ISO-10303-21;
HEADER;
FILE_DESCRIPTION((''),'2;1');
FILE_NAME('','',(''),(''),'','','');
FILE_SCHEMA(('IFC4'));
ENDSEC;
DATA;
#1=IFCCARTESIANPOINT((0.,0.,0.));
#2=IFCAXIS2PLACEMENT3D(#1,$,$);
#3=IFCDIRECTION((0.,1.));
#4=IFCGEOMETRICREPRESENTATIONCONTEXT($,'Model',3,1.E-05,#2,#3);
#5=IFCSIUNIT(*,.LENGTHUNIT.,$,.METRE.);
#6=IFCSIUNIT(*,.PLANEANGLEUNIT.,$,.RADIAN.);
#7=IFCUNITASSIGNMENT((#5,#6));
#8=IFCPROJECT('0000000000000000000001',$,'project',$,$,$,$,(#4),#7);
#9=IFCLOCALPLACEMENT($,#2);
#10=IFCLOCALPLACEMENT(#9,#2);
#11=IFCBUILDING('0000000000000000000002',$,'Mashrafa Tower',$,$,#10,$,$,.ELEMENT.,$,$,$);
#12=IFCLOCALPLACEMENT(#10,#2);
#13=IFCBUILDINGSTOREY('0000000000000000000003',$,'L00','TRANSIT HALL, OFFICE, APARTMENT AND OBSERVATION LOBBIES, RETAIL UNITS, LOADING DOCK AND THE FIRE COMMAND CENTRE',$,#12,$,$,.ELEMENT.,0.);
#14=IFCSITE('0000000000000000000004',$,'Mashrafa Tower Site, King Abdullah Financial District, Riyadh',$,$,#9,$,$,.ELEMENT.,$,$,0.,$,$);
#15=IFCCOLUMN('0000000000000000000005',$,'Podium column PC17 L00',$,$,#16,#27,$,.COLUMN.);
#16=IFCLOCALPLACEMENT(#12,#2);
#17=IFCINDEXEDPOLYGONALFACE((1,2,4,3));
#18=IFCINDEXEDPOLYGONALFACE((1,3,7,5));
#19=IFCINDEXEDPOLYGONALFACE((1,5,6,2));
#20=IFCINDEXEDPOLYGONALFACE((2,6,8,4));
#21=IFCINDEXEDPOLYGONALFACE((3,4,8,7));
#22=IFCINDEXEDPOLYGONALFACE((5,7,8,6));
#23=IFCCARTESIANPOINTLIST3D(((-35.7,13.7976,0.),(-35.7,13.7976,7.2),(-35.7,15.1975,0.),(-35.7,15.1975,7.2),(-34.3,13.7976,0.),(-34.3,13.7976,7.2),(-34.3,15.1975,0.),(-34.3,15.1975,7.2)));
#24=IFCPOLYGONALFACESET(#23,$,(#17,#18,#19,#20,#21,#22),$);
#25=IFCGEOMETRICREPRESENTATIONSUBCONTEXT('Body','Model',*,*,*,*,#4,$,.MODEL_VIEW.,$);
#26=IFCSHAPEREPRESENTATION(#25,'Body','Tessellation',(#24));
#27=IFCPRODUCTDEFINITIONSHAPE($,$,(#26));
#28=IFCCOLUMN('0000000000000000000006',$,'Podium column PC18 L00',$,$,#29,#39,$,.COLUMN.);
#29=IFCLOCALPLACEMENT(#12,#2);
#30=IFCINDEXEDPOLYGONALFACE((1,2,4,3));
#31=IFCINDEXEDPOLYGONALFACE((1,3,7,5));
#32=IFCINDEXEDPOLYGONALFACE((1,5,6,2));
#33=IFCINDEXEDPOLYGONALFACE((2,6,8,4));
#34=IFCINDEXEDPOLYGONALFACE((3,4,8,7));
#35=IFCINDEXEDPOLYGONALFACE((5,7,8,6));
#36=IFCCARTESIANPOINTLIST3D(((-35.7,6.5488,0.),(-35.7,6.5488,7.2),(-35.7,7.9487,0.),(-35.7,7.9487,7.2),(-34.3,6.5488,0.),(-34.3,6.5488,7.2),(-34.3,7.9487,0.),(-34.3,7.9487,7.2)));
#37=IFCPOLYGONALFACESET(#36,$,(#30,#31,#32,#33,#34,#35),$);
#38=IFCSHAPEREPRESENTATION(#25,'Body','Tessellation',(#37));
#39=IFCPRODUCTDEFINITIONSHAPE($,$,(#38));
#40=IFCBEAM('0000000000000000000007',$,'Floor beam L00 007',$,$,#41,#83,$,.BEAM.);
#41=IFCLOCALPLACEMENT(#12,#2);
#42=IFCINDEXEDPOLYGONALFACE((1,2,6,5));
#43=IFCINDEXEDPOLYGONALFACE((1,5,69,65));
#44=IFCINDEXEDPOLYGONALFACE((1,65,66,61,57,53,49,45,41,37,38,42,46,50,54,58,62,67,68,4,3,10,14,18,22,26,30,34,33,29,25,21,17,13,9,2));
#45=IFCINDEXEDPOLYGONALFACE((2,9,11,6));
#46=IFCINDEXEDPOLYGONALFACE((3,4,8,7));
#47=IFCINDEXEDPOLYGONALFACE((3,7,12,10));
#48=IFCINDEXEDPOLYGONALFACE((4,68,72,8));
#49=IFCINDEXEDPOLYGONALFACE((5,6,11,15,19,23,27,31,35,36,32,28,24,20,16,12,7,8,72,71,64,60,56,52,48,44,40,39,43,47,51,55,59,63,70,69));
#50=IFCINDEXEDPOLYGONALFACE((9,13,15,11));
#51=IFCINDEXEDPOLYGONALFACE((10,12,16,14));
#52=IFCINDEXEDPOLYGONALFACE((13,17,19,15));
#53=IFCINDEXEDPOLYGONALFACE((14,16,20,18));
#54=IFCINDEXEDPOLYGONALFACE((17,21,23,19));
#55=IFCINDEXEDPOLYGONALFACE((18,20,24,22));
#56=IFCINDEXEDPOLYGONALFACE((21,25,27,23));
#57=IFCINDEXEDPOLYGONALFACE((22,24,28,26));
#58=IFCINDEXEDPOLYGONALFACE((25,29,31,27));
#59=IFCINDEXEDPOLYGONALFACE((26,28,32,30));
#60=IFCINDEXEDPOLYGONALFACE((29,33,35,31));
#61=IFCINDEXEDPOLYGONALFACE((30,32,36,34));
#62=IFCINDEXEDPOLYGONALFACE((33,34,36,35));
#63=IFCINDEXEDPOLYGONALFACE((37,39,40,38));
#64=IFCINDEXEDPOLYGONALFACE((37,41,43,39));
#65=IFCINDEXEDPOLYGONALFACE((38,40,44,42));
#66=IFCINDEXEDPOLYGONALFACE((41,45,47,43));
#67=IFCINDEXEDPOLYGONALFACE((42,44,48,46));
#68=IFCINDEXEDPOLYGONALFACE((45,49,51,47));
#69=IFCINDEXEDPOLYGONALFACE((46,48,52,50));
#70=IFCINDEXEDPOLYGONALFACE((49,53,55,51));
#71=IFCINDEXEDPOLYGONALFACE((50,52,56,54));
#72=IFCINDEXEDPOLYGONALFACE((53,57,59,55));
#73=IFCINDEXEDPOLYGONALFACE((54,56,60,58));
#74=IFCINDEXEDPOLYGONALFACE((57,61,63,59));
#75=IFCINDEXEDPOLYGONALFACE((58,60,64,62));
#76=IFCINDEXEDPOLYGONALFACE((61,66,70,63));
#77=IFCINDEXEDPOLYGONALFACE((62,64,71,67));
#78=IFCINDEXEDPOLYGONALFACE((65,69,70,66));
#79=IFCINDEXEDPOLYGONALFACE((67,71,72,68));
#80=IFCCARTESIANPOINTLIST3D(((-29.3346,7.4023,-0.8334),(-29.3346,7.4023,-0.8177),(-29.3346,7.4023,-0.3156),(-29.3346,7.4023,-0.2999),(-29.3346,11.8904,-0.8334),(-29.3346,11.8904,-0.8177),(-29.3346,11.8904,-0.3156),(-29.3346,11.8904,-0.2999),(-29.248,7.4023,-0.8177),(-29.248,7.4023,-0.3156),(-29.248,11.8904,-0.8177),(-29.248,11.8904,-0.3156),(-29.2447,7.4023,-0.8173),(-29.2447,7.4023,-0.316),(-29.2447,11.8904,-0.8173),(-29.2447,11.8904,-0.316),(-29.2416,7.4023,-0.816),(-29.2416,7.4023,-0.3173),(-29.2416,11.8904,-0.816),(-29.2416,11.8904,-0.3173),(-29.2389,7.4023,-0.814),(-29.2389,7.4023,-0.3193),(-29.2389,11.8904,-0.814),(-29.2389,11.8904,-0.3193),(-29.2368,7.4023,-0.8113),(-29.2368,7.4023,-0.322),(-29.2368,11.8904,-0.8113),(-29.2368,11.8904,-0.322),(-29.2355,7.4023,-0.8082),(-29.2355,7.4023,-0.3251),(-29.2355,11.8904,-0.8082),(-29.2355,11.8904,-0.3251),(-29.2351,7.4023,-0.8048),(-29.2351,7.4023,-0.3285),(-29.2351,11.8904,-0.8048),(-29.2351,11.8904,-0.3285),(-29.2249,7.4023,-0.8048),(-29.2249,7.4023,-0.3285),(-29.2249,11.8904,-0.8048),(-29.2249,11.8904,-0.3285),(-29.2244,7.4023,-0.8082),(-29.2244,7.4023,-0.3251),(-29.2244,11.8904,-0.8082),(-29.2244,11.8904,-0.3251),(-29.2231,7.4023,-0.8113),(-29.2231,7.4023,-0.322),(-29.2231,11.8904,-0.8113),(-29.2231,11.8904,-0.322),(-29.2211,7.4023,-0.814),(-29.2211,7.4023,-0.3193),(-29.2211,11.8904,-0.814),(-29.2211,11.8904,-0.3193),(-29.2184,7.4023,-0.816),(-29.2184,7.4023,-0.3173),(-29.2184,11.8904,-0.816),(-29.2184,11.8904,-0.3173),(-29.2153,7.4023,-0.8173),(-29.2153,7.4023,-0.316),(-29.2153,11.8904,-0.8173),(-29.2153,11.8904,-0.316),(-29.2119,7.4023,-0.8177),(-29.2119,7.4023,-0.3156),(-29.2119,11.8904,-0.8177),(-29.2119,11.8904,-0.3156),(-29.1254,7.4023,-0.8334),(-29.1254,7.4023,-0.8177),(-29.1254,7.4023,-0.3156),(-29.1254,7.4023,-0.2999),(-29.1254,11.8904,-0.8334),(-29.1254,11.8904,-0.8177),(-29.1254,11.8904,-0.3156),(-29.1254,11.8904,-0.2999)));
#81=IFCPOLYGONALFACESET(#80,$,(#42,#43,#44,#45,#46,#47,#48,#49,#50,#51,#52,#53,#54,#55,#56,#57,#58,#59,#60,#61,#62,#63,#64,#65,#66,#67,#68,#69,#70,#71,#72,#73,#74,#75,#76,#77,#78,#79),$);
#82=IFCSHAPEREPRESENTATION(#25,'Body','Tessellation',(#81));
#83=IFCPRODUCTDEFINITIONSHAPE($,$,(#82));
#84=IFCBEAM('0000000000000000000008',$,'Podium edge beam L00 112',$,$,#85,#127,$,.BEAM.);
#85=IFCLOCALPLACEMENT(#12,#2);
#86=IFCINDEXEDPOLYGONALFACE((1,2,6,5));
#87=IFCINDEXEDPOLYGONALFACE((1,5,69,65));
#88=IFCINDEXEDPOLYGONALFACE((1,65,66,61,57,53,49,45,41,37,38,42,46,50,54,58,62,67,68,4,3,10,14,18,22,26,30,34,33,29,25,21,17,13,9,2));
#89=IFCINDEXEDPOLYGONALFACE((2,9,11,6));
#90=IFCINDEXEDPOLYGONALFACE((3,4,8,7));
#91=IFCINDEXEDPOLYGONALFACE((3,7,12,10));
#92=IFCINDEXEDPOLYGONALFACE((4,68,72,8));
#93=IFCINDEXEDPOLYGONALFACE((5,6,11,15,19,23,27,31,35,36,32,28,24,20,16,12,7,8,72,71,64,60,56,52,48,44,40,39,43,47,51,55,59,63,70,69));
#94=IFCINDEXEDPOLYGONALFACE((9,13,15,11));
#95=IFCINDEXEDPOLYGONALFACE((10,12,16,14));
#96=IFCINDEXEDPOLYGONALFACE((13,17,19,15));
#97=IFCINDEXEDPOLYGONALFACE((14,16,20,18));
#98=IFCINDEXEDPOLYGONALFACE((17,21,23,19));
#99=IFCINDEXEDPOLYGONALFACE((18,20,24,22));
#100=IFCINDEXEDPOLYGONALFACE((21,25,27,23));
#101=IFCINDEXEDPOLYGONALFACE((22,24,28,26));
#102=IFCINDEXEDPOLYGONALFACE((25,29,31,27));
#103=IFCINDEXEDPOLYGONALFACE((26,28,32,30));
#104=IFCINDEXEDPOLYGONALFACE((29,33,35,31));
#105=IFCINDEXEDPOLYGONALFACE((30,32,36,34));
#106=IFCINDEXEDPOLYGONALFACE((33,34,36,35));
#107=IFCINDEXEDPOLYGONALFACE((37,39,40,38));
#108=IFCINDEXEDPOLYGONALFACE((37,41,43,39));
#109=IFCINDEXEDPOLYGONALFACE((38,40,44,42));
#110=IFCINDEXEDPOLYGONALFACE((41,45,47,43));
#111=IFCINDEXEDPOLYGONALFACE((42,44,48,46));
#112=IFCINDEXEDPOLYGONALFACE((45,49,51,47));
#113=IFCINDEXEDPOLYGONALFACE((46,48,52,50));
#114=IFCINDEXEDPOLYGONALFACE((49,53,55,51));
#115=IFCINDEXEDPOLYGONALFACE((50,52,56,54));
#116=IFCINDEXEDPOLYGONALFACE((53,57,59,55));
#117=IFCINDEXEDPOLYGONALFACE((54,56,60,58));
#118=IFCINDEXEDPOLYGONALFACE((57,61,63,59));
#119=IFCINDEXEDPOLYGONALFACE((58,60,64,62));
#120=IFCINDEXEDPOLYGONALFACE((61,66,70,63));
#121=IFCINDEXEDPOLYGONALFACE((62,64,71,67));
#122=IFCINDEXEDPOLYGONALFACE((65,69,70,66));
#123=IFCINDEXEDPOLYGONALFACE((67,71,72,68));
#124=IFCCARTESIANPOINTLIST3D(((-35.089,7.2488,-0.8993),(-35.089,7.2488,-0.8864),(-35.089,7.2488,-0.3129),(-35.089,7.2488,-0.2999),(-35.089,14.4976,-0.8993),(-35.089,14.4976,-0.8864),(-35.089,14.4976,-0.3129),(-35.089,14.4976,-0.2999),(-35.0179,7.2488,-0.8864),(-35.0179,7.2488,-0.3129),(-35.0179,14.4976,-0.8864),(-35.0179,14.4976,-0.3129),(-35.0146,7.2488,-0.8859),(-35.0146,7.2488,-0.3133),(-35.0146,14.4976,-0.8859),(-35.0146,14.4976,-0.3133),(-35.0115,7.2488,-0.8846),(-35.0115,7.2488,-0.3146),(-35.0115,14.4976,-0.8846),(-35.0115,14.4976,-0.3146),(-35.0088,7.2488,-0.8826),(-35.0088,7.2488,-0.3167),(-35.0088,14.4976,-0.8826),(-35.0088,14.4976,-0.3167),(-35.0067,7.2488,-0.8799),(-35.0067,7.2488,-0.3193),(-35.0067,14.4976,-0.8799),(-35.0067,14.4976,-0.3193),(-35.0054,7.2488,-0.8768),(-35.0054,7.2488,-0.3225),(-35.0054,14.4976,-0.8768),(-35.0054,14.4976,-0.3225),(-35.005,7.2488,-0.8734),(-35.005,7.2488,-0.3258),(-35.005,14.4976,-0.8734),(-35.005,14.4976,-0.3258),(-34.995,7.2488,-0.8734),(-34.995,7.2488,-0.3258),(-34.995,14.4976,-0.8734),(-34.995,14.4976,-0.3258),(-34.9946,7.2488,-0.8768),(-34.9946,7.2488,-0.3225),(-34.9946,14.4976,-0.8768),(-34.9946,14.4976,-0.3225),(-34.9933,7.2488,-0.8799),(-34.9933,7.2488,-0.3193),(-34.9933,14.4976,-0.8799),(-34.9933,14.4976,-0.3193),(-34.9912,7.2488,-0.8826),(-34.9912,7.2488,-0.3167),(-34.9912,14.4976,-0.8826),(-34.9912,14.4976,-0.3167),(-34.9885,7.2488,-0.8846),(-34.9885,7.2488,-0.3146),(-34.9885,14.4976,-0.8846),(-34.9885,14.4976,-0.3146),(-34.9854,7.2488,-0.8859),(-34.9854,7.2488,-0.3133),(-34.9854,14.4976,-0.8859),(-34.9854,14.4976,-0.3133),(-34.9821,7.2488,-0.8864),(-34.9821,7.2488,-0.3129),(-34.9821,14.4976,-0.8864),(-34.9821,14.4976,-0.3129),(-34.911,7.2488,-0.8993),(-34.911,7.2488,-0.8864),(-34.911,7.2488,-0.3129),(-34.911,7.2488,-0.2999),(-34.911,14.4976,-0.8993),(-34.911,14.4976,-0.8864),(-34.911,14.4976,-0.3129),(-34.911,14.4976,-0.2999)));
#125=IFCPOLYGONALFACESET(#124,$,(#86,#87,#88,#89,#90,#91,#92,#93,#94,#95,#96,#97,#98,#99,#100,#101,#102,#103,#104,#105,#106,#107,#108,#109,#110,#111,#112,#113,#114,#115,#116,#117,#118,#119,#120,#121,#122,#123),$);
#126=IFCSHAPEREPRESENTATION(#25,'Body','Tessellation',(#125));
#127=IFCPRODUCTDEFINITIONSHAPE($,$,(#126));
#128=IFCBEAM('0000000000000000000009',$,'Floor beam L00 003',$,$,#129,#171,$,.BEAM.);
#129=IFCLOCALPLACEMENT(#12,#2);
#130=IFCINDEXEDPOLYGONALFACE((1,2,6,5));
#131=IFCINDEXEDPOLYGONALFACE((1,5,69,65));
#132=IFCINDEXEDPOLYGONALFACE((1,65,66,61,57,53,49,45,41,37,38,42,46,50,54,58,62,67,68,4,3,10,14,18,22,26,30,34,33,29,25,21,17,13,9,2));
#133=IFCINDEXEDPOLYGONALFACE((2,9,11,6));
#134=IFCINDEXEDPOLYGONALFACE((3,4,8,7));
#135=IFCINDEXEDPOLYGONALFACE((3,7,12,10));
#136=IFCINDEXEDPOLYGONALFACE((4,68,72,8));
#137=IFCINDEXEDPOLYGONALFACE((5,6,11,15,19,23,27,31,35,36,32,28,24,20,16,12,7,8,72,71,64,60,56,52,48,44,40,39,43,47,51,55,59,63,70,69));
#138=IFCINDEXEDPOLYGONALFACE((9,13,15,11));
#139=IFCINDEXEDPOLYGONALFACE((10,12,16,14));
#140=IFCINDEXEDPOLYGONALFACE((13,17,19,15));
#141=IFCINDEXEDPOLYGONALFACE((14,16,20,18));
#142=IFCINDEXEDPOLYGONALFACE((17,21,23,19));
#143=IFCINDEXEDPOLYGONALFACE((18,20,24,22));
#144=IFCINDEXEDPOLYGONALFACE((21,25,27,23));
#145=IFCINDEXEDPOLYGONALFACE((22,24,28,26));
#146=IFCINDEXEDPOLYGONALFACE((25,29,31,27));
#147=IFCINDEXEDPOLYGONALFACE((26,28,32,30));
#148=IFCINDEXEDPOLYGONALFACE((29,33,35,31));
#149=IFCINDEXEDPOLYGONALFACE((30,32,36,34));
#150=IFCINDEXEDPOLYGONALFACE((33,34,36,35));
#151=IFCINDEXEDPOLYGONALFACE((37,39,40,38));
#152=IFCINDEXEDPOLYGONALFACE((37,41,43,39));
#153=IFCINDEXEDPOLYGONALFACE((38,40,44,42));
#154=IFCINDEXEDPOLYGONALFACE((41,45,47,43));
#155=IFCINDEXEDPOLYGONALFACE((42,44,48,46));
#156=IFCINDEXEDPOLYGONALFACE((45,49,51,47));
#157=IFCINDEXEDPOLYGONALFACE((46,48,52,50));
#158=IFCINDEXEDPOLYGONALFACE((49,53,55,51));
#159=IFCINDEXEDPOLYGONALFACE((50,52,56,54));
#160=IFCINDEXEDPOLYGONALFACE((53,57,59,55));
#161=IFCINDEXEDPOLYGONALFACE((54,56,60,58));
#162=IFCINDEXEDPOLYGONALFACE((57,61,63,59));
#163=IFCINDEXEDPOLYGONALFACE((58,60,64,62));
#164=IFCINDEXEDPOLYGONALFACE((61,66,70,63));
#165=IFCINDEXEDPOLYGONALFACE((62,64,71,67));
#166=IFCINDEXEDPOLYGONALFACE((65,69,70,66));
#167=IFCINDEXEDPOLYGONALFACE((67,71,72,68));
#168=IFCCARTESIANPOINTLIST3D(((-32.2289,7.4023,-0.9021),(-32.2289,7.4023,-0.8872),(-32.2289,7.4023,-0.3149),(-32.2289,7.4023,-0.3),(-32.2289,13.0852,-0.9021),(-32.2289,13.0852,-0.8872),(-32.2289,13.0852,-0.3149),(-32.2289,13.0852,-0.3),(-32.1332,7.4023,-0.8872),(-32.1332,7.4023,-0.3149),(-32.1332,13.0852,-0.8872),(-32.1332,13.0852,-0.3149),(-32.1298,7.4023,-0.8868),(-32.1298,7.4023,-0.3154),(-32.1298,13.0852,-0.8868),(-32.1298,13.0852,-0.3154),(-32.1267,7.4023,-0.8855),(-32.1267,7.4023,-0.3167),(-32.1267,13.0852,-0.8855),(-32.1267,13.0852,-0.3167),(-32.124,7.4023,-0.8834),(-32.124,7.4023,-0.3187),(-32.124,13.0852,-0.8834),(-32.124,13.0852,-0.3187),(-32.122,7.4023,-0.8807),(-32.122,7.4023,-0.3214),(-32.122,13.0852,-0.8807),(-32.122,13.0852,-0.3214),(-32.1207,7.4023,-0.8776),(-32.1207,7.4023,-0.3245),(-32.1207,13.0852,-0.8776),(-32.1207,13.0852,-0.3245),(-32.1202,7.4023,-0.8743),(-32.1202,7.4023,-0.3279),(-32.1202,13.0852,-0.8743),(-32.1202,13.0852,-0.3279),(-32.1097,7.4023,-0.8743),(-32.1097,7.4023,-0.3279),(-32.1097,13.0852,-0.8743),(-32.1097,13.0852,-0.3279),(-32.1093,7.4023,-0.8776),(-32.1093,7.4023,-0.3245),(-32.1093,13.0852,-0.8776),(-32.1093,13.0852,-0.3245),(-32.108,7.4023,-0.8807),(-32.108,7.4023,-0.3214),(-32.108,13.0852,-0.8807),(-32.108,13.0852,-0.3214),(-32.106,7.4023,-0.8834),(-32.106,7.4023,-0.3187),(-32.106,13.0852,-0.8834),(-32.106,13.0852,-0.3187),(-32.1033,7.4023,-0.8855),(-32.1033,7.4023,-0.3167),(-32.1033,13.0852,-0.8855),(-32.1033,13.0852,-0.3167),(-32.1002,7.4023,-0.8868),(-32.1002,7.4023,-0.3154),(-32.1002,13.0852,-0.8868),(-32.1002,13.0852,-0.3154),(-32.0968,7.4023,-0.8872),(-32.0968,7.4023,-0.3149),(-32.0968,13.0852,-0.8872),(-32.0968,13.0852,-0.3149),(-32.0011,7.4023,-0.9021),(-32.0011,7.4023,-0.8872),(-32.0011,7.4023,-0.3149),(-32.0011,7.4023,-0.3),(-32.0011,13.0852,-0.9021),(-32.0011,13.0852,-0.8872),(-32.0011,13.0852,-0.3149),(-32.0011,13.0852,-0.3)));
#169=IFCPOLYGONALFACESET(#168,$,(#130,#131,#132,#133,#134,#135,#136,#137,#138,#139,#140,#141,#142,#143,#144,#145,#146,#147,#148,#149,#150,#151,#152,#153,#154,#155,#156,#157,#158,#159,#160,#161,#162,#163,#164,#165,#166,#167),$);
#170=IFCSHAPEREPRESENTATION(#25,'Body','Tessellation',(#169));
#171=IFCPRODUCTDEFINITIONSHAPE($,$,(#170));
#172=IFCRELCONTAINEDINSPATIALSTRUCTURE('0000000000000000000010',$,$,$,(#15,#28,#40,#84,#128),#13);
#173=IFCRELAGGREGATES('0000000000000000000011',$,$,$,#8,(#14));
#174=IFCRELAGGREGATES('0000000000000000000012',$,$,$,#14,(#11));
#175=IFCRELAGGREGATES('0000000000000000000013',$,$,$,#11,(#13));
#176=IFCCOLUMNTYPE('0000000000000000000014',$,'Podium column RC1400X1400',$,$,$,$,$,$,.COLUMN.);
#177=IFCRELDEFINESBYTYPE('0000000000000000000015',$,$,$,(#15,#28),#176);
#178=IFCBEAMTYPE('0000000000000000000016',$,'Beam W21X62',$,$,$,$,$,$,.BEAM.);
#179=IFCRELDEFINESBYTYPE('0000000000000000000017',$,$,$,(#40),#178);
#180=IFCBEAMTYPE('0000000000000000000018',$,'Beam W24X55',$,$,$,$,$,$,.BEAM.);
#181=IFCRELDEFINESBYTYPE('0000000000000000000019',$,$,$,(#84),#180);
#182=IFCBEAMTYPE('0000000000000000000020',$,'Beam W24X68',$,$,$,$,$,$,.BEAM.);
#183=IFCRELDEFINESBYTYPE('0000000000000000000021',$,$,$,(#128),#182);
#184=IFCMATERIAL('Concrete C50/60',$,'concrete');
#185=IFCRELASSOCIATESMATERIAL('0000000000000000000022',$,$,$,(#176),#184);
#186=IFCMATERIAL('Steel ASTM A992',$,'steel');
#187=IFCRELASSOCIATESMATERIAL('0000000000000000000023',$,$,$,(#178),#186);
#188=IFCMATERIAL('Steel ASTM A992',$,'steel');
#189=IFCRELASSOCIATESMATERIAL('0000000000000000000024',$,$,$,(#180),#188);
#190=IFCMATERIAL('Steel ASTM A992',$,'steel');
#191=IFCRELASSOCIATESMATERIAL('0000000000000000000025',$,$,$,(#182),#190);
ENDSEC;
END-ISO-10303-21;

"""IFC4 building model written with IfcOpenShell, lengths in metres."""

from ifc_helpers import new_model, si_unit, direction, frame, origin, origin_2d, place, context, subcontext, project, spatial, rectangle, i_section, extrude, material, material_profile, profile_set, type_object, element, save


model = new_model("IFC4")

# Units and contexts
model_context = context("Model", 3, precision=1e-05, world=origin(), true_north=direction((0.0, 1.0)))
body_context = subcontext(model_context, "Body", "Model", "MODEL_VIEW")
ifc_project = project(units=[si_unit("LENGTHUNIT", "METRE"), si_unit("PLANEANGLEUNIT", "RADIAN")], contexts=[model_context])

# Site, building, storey
site_placement = place(None, origin())
site = spatial("IfcSite", under=ifc_project, at=site_placement, Name="Mashrafa Tower Site, King Abdullah Financial District, Riyadh", CompositionType="ELEMENT", RefElevation=0.0)
building_placement = place(site_placement, origin())
building = spatial("IfcBuilding", under=site, at=building_placement, Name="Mashrafa Tower", CompositionType="ELEMENT")
storey_placement = place(building_placement, origin())
storey = spatial("IfcBuildingStorey", under=building, at=storey_placement, Name="L00", Description="TRANSIT HALL, OFFICE, APARTMENT AND OBSERVATION LOBBIES, RETAIL UNITS, LOADING DOCK AND THE FIRE COMMAND CENTRE", CompositionType="ELEMENT", Elevation=0.0)

# Columns
ifc_material_1 = material(Name="Concrete C50/60", Category="concrete")
ifc_material_profile_1 = material_profile(ifc_material_1, rectangle(XDim=1.3999, YDim=1.3999, at=origin_2d()), Name="RC1400X1400")
ifc_profile_set_1 = profile_set([ifc_material_profile_1], Name="Concrete C50/60")
column_type = type_object("IfcColumnType", Name="Podium column RC1400X1400", PredefinedType="COLUMN", material=ifc_profile_set_1)
for number, where, z_axis, x_axis, name in (
    (1, (-35.0, 14.4976, 0.0), (0.0, 0.0, 1.0), (1.0, 0.0, 0.0), "Podium column PC17 L00"),
    (2, (-35.0, 7.2488, 0.0), (0.0, 0.0, 1.0), (1.0, 0.0, 0.0), "Podium column PC18 L00"),
):
    element("IfcColumn", number, at=place(storey_placement, frame(where, z_axis=z_axis, x_axis=x_axis)), inside=storey, type_object=column_type, Name=name, PredefinedType="COLUMN", context=body_context, shape_type="SweptSolid", body=[
        extrude(rectangle(XDim=1.3999, YDim=1.3999, at=origin_2d()), origin(), (0.0, 0.0, 1.0), 7.2),
    ])

# Beams
ifc_material_2 = material(Name="Steel ASTM A992", Category="steel")
ifc_material_profile_2 = material_profile(ifc_material_2, i_section(OverallWidth=0.2092, OverallDepth=0.5334, WebThickness=0.0103, FlangeThickness=0.0156, FilletRadius=0.0129, at=origin_2d()), Name="W21X62")
ifc_profile_set_2 = profile_set([ifc_material_profile_2], Name="Steel ASTM A992")
beam_type_1 = type_object("IfcBeamType", Name="Beam W21X62", PredefinedType="BEAM", material=ifc_profile_set_2)
beam_1_placement = place(storey_placement, frame((-29.23, 7.4023, -0.5667), z_axis=(0.0, 1.0, 0.0), x_axis=(-1.0, 0.0, 0.0)))
element("IfcBeam", 3, at=beam_1_placement, inside=storey, type_object=beam_type_1, Name="Floor beam L00 007", PredefinedType="BEAM", context=body_context, shape_type="SweptSolid", body=[
    extrude(i_section(OverallWidth=0.2092, OverallDepth=0.5334, WebThickness=0.0103, FlangeThickness=0.0156, FilletRadius=0.0129, at=origin_2d()), origin(), (0.0, 0.0, 1.0), 4.488),
])
ifc_material_3 = material(Name="Steel ASTM A992", Category="steel")
ifc_material_profile_3 = material_profile(ifc_material_3, i_section(OverallWidth=0.178, OverallDepth=0.5994, WebThickness=0.01, FlangeThickness=0.0129, FilletRadius=0.0129, at=origin_2d()), Name="W24X55")
ifc_profile_set_3 = profile_set([ifc_material_profile_3], Name="Steel ASTM A992")
beam_type_2 = type_object("IfcBeamType", Name="Beam W24X55", PredefinedType="BEAM", material=ifc_profile_set_3)
beam_2_placement = place(storey_placement, frame((-35.0, 14.4976, -0.5996), z_axis=(0.0, -1.0, 0.0), x_axis=(1.0, 0.0, 0.0)))
element("IfcBeam", 4, at=beam_2_placement, inside=storey, type_object=beam_type_2, Name="Podium edge beam L00 112", PredefinedType="BEAM", context=body_context, shape_type="SweptSolid", body=[
    extrude(i_section(OverallWidth=0.178, OverallDepth=0.5994, WebThickness=0.01, FlangeThickness=0.0129, FilletRadius=0.0129, at=origin_2d()), origin(), (0.0, 0.0, 1.0), 7.2488),
])
ifc_material_4 = material(Name="Steel ASTM A992", Category="steel")
ifc_material_profile_4 = material_profile(ifc_material_4, i_section(OverallWidth=0.2278, OverallDepth=0.6021, WebThickness=0.0105, FlangeThickness=0.0149, FilletRadius=0.0129, at=origin_2d()), Name="W24X68")
ifc_profile_set_4 = profile_set([ifc_material_profile_4], Name="Steel ASTM A992")
beam_type_3 = type_object("IfcBeamType", Name="Beam W24X68", PredefinedType="BEAM", material=ifc_profile_set_4)
beam_3_placement = place(storey_placement, frame((-32.115, 7.4023, -0.6011), z_axis=(0.0, 1.0, 0.0), x_axis=(-1.0, 0.0, 0.0)))
element("IfcBeam", 5, at=beam_3_placement, inside=storey, type_object=beam_type_3, Name="Floor beam L00 003", PredefinedType="BEAM", context=body_context, shape_type="SweptSolid", body=[
    extrude(i_section(OverallWidth=0.2278, OverallDepth=0.6021, WebThickness=0.0105, FlangeThickness=0.0149, FilletRadius=0.0129, at=origin_2d()), origin(), (0.0, 0.0, 1.0), 5.6829),
])

save(model, "model.ifc")
